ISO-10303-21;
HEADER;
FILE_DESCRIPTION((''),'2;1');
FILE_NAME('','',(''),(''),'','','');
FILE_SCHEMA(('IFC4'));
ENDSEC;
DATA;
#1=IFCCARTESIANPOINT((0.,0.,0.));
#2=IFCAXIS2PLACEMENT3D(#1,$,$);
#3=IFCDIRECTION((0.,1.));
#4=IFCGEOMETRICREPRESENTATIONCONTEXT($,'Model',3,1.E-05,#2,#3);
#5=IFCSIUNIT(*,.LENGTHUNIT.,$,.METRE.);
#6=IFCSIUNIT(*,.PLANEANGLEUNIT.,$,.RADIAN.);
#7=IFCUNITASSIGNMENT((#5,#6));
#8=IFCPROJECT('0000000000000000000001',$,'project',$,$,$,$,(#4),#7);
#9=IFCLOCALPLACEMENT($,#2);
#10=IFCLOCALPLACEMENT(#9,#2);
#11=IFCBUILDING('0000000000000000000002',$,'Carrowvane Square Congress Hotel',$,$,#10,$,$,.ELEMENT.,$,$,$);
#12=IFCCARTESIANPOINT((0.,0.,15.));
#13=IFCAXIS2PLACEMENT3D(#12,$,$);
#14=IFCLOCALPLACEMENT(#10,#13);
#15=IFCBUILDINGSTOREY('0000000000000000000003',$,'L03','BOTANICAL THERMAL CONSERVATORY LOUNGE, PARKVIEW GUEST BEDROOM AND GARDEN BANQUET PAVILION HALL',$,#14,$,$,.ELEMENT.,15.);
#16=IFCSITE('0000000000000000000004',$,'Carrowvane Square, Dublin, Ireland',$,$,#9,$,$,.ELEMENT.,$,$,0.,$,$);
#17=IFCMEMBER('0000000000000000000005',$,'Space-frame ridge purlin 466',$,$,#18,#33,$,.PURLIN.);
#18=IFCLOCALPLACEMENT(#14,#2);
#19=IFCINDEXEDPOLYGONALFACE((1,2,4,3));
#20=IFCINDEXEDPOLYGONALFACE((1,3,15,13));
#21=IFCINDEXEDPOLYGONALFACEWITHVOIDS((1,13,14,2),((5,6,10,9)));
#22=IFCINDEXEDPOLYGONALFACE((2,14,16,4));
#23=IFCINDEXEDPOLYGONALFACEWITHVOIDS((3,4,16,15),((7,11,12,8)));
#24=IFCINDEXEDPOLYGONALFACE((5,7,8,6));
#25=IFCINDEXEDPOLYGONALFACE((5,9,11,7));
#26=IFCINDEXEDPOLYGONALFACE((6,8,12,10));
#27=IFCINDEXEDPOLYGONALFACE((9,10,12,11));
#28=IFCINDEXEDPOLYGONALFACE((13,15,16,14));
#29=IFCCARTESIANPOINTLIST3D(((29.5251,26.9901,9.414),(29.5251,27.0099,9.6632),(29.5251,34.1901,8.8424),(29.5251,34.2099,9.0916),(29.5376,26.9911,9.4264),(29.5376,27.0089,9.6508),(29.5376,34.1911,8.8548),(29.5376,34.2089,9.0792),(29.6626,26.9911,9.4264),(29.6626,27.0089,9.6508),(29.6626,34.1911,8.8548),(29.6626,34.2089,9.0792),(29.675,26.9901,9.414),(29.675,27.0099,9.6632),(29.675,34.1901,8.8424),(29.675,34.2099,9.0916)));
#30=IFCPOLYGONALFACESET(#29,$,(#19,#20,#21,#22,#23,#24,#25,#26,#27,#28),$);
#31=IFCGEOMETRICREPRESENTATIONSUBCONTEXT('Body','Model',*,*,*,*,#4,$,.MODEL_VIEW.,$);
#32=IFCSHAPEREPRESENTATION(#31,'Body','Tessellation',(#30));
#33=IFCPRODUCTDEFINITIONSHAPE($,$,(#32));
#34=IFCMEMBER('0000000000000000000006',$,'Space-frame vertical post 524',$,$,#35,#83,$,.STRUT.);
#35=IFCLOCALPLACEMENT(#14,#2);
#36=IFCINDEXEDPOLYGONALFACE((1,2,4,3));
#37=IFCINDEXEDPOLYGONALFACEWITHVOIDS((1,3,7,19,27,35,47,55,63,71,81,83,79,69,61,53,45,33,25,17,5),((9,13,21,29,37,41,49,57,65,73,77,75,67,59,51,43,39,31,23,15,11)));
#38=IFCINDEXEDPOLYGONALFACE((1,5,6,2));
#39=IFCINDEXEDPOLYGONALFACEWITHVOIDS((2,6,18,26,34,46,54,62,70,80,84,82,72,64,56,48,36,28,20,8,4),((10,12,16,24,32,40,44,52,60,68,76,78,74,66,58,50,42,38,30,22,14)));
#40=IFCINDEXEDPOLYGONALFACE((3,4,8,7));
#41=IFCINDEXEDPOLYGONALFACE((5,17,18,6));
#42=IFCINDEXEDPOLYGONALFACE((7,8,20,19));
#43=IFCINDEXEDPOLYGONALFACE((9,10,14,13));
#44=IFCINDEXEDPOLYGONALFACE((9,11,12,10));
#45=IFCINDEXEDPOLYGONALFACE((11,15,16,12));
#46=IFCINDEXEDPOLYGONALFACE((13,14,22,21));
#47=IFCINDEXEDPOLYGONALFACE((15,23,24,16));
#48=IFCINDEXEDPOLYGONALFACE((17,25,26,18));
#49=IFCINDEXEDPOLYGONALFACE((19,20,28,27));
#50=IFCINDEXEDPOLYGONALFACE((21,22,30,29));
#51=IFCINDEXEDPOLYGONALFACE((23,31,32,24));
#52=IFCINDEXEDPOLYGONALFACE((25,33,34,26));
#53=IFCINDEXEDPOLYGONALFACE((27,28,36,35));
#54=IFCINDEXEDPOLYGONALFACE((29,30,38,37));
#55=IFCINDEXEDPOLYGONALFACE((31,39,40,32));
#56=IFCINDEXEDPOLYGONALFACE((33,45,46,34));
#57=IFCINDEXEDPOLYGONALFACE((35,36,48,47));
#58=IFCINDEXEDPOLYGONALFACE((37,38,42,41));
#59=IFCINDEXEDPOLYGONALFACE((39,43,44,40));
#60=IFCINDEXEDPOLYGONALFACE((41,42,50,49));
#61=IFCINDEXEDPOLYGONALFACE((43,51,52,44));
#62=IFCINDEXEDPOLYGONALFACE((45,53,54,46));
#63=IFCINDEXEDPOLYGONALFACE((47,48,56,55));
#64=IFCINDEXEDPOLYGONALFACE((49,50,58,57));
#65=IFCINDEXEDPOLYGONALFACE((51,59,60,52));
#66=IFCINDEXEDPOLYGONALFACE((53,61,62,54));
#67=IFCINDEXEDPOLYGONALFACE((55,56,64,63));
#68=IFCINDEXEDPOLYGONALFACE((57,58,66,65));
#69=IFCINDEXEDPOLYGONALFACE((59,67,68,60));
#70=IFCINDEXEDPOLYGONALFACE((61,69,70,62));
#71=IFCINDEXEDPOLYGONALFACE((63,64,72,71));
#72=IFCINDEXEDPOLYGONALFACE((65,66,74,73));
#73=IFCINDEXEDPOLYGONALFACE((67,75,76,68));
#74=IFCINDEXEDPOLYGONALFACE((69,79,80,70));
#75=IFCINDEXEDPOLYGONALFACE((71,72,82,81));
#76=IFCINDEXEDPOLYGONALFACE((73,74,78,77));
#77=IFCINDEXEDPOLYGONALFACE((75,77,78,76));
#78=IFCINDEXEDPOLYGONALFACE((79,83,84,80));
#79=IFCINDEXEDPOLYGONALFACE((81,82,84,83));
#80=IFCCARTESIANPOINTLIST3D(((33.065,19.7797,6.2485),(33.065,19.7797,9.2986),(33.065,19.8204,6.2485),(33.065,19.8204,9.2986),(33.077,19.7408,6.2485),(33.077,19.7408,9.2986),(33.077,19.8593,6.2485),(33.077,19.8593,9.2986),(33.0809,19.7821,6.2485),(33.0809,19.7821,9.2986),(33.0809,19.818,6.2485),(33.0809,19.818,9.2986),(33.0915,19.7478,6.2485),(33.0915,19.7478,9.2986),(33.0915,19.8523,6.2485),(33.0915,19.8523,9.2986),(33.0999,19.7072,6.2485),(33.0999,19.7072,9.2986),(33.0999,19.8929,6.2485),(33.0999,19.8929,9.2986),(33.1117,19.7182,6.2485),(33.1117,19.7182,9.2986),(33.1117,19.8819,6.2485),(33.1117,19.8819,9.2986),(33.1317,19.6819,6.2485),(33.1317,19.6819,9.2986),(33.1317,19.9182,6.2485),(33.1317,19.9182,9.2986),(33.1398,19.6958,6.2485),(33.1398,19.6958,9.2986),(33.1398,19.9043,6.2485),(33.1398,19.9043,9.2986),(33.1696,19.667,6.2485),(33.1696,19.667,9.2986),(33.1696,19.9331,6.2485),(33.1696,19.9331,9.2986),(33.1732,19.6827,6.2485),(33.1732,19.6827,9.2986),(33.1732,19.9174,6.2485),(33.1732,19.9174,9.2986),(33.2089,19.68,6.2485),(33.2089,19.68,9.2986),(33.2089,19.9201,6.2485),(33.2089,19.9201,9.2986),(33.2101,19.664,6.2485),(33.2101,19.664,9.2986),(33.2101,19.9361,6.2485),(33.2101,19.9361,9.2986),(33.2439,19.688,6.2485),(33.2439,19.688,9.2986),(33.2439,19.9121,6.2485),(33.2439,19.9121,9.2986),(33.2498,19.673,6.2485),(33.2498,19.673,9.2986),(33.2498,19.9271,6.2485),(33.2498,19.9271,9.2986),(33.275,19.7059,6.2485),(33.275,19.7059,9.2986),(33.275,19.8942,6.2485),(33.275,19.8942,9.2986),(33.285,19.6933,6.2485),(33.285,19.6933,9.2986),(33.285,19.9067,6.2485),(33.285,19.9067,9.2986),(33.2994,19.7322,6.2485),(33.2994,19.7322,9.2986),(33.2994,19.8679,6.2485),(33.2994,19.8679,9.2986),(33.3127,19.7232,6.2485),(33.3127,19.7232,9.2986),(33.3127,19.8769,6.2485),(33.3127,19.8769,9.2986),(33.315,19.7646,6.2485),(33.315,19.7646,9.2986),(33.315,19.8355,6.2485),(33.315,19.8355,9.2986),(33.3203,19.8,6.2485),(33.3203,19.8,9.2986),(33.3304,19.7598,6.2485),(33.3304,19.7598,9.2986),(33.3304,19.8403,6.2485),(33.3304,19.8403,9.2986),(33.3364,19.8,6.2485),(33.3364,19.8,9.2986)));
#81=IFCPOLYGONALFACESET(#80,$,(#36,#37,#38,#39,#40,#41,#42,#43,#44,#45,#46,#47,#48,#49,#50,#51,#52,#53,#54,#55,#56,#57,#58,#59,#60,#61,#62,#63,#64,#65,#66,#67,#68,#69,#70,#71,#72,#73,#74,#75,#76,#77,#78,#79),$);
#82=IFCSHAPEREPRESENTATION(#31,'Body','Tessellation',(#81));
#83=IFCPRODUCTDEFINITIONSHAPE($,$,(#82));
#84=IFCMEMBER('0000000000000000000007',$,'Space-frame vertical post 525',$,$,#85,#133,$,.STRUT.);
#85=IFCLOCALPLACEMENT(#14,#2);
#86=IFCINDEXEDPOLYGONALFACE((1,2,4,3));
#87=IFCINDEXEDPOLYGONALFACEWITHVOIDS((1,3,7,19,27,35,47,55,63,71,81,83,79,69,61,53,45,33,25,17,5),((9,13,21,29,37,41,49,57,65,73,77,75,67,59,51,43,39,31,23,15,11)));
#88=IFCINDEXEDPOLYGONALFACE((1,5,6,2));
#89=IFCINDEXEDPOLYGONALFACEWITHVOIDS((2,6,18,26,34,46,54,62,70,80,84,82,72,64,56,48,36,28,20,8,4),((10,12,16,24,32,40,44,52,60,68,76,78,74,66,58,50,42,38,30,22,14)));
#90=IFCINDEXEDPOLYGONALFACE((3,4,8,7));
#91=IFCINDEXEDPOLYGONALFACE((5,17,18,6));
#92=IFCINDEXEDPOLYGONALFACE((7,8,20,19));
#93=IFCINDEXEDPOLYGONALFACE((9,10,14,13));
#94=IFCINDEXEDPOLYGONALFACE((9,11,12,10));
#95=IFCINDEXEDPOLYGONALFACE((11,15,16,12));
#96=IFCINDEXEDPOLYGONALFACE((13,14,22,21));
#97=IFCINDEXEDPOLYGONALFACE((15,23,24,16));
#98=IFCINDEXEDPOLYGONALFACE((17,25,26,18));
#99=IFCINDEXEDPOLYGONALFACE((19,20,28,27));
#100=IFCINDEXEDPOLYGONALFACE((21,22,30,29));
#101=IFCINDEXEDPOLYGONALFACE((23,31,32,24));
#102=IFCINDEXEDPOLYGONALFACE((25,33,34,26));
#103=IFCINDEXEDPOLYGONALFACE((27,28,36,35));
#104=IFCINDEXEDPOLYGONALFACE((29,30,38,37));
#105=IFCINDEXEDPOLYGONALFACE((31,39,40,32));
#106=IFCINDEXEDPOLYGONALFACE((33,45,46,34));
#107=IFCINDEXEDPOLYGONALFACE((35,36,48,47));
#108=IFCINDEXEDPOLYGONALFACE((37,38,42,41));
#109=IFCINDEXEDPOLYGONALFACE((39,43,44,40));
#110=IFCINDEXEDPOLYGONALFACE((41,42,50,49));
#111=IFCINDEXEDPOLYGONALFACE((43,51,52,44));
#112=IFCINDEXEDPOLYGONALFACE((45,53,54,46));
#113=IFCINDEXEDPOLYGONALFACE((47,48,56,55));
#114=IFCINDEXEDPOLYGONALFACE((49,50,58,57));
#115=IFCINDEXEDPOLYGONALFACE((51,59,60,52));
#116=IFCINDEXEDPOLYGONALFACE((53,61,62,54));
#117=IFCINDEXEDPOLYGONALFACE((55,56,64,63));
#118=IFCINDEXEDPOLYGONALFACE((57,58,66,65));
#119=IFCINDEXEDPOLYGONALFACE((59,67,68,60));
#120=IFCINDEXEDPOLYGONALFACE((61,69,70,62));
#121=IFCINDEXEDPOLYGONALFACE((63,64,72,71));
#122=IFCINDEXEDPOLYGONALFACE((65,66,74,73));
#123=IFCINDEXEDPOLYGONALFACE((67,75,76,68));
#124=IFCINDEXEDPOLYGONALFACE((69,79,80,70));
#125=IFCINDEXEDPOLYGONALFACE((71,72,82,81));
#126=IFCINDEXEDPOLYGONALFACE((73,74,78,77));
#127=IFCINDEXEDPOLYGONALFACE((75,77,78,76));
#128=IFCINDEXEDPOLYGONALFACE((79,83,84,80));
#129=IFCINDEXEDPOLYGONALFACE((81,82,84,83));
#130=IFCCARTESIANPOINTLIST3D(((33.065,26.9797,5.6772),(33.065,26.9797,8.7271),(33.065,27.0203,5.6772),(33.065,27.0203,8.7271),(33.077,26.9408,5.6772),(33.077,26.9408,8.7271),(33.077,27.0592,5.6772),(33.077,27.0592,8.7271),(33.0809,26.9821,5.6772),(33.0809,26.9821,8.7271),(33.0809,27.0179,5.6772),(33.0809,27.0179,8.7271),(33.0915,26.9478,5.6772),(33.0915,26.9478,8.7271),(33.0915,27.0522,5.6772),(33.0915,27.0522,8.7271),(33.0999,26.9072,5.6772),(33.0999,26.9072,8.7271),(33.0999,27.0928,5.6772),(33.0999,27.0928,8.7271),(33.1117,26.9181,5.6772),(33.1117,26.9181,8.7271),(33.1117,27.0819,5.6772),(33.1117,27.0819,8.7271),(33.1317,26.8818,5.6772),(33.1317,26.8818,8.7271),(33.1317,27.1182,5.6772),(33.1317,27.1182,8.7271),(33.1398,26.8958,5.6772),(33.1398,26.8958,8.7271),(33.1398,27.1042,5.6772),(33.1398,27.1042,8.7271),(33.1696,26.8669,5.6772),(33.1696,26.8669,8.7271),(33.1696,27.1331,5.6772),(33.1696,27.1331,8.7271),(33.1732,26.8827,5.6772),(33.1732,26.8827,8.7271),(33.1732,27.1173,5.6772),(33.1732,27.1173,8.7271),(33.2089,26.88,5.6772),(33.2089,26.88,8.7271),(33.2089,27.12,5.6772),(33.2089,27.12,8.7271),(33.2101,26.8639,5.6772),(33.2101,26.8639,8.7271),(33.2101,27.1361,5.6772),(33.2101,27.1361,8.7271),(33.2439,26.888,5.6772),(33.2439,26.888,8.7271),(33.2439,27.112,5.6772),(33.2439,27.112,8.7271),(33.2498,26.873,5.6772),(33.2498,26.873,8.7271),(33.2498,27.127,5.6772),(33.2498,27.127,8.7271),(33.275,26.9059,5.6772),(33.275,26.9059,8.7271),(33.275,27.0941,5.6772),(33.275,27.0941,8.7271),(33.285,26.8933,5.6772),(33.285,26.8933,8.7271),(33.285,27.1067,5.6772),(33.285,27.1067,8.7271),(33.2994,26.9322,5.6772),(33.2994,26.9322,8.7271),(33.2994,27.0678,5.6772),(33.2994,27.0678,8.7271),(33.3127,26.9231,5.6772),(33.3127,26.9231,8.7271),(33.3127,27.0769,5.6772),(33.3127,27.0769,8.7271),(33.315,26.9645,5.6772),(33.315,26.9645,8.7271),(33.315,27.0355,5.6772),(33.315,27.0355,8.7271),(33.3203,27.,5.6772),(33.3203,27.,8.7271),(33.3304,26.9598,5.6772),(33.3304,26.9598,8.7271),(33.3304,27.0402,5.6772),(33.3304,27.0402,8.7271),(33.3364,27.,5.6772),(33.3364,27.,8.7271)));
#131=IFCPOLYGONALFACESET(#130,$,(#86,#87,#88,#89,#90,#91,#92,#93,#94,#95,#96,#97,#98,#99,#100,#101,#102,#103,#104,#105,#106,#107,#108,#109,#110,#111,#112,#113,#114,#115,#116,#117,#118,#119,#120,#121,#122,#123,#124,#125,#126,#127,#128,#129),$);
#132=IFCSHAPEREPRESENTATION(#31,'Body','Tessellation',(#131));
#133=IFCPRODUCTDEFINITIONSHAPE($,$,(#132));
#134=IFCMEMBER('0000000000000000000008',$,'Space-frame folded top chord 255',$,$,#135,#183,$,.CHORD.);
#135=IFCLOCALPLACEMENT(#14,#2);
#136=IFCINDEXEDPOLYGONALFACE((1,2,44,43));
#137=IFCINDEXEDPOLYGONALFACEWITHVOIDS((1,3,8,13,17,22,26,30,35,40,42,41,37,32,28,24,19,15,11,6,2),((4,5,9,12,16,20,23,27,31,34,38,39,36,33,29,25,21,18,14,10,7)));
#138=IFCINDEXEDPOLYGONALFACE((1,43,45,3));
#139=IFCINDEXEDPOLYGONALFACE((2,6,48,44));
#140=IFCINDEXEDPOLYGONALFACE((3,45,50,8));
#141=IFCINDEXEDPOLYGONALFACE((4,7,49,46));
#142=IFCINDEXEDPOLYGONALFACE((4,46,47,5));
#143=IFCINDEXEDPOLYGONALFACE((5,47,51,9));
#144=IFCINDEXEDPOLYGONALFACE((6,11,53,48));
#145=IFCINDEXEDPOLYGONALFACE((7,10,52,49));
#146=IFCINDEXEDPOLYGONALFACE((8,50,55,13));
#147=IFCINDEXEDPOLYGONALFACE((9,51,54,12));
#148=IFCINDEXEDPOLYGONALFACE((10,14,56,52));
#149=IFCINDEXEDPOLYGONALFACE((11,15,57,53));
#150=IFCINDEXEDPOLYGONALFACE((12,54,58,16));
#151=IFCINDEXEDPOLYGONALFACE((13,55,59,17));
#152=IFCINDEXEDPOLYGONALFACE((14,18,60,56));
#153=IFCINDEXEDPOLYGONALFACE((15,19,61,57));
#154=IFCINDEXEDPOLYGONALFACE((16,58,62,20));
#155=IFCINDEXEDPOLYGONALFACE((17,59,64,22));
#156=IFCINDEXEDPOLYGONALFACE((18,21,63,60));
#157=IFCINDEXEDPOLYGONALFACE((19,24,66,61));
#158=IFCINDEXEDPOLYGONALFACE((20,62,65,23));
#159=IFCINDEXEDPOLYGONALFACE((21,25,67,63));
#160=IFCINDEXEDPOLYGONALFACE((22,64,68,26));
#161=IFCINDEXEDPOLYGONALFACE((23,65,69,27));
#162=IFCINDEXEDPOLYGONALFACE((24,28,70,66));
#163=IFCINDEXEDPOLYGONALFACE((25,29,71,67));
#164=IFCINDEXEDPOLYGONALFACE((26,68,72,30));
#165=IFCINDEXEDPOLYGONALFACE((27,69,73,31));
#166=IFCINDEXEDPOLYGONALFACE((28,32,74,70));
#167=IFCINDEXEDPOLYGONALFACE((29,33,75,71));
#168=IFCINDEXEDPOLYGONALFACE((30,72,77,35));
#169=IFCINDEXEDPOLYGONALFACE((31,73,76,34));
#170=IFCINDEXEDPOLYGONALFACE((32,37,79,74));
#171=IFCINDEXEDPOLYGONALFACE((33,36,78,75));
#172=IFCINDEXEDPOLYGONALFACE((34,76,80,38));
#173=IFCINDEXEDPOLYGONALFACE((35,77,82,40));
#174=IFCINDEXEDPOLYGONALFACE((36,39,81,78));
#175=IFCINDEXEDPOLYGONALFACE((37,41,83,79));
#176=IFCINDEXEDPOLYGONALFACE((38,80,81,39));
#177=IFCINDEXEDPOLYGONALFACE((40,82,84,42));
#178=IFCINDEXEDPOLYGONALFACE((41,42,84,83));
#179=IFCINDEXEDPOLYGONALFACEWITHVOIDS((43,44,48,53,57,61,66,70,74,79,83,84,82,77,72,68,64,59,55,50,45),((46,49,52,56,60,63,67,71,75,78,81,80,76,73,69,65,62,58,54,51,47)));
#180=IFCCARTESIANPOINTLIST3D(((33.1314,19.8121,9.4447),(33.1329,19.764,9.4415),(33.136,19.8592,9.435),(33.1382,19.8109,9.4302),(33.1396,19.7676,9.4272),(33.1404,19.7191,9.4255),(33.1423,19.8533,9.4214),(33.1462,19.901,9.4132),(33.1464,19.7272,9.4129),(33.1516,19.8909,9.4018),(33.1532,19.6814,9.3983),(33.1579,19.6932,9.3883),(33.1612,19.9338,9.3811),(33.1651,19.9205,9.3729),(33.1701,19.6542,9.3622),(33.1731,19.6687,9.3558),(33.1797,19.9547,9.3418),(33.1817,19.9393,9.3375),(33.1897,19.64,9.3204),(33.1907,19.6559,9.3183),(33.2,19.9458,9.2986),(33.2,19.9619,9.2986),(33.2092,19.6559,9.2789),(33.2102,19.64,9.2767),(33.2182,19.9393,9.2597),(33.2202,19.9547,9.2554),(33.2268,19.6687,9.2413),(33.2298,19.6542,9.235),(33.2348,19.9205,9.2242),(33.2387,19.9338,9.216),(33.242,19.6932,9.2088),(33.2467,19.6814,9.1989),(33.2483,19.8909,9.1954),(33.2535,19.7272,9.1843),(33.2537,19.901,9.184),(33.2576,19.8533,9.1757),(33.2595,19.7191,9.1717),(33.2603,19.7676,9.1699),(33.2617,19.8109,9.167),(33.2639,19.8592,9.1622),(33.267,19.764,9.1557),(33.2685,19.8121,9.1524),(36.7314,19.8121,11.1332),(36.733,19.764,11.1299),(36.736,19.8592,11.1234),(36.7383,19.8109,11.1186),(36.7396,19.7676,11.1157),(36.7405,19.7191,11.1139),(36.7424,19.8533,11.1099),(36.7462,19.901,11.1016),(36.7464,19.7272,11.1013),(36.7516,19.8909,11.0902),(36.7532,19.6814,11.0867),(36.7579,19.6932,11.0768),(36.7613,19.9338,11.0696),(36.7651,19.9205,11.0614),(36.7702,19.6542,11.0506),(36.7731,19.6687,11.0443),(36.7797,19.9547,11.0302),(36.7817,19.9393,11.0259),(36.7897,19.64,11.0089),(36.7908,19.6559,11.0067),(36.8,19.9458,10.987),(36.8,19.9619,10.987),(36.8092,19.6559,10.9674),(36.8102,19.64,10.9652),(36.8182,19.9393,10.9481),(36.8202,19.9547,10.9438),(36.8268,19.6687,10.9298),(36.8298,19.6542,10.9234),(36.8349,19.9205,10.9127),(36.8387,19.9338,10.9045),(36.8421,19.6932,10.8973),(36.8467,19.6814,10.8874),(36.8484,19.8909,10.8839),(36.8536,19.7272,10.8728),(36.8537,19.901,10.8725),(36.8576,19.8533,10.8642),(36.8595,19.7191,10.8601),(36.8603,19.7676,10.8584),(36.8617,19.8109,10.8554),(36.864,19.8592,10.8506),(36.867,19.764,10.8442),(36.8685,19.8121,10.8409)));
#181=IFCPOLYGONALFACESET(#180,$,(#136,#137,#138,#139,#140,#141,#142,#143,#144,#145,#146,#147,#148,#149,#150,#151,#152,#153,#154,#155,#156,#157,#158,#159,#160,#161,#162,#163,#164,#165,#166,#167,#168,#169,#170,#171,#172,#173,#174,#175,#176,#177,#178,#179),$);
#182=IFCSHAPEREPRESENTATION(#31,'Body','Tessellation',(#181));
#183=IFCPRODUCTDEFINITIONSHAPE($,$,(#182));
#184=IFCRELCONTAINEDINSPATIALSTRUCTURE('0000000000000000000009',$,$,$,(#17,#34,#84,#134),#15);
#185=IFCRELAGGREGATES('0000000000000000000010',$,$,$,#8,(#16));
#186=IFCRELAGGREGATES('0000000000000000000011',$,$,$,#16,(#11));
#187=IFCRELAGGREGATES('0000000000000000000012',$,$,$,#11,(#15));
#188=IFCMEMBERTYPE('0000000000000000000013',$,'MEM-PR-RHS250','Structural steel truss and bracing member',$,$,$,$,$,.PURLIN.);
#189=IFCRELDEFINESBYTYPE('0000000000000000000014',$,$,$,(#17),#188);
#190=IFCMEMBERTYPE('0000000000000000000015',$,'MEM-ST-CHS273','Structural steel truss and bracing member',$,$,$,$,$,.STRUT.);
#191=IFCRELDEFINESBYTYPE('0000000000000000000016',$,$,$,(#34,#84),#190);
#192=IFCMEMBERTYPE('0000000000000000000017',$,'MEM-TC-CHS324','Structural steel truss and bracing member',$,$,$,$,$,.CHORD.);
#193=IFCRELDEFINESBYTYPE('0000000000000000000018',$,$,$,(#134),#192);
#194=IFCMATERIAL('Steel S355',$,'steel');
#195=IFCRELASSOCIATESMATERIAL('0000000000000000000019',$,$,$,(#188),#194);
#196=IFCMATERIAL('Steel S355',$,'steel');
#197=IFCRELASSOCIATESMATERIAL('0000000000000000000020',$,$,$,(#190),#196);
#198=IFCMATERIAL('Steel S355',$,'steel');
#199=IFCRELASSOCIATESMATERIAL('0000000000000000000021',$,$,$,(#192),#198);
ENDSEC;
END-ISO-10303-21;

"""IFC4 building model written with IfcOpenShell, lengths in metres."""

from ifc_helpers import new_model, si_unit, direction, frame, origin, origin_2d, place, context, subcontext, project, spatial, hollow_rectangle, hollow_circle, extrude, material, material_profile, profile_set, type_object, element, save


model = new_model("IFC4")

# Units and contexts
model_context = context("Model", 3, precision=1e-05, world=origin(), true_north=direction((0.0, 1.0)))
body_context = subcontext(model_context, "Body", "Model", "MODEL_VIEW")
ifc_project = project(units=[si_unit("LENGTHUNIT", "METRE"), si_unit("PLANEANGLEUNIT", "RADIAN")], contexts=[model_context])

# Site, building, storey
site_placement = place(None, origin())
site = spatial("IfcSite", under=ifc_project, at=site_placement, Name="Carrowvane Square, Dublin, Ireland", CompositionType="ELEMENT", RefElevation=0.0)
building_placement = place(site_placement, origin())
building = spatial("IfcBuilding", under=site, at=building_placement, Name="Carrowvane Square Congress Hotel", CompositionType="ELEMENT")
storey_placement = place(building_placement, frame((0.0, 0.0, 15.0)))
storey = spatial("IfcBuildingStorey", under=building, at=storey_placement, Name="L03", Description="BOTANICAL THERMAL CONSERVATORY LOUNGE, PARKVIEW GUEST BEDROOM AND GARDEN BANQUET PAVILION HALL", CompositionType="ELEMENT", Elevation=15.0)

# Members
ifc_material_1 = material(Name="Steel S355", Category="steel")
ifc_material_profile_1 = material_profile(ifc_material_1, hollow_rectangle(XDim=0.1499, YDim=0.25, WallThickness=0.0125, at=origin_2d()), Name="RHS 250x150x12.5")
ifc_profile_set_1 = profile_set([ifc_material_profile_1], Name="Steel S355")
member_type_1 = type_object("IfcMemberType", Name="MEM-PR-RHS250", Description="Structural steel truss and bracing member", PredefinedType="PURLIN", material=ifc_profile_set_1)
member_1_placement = place(storey_placement, frame((29.6001, 27.0, 9.5386), z_axis=(0.0, 0.996864, -0.079131), x_axis=(-1.0, 0.0, 0.0)))
element("IfcMember", 1, at=member_1_placement, inside=storey, type_object=member_type_1, Name="Space-frame ridge purlin 466", PredefinedType="PURLIN", context=body_context, shape_type="SweptSolid", body=[
    extrude(hollow_rectangle(XDim=0.1499, YDim=0.25, WallThickness=0.0125, at=origin_2d()), origin(), (0.0, 0.0, 1.0), 7.2227),
])
ifc_material_2 = material(Name="Steel S355", Category="steel")
ifc_material_profile_2 = material_profile(ifc_material_2, hollow_circle(Radius=0.1365, WallThickness=0.0161, at=origin_2d()), Name="CHS 273.0x16")
ifc_profile_set_2 = profile_set([ifc_material_profile_2], Name="Steel S355")
member_type_2 = type_object("IfcMemberType", Name="MEM-ST-CHS273", Description="Structural steel truss and bracing member", PredefinedType="STRUT", material=ifc_profile_set_2)
member_2_placement = place(storey_placement, frame((33.2, 19.8, 6.2485), z_axis=(0.0, 0.0, 1.0), x_axis=(1.0, 0.0, 0.0)))
element("IfcMember", 2, at=member_2_placement, inside=storey, type_object=member_type_2, Name="Space-frame vertical post 524", PredefinedType="STRUT", context=body_context, shape_type="SweptSolid", body=[
    extrude(hollow_circle(Radius=0.1365, WallThickness=0.0161, at=origin_2d()), origin(), (0.0, 0.0, 1.0), 3.05),
])
member_3_placement = place(storey_placement, frame((33.2, 27.0, 5.6772), z_axis=(0.0, 0.0, 1.0), x_axis=(1.0, 0.0, 0.0)))
element("IfcMember", 3, at=member_3_placement, inside=storey, type_object=member_type_2, Name="Space-frame vertical post 525", PredefinedType="STRUT", context=body_context, shape_type="SweptSolid", body=[
    extrude(hollow_circle(Radius=0.1365, WallThickness=0.0161, at=origin_2d()), origin(), (0.0, 0.0, 1.0), 3.0498),
])
ifc_material_3 = material(Name="Steel S355", Category="steel")
ifc_material_profile_3 = material_profile(ifc_material_3, hollow_circle(Radius=0.1619, WallThickness=0.0161, at=origin_2d()), Name="CHS 323.9x16")
ifc_profile_set_3 = profile_set([ifc_material_profile_3], Name="Steel S355")
member_type_3 = type_object("IfcMemberType", Name="MEM-TC-CHS324", Description="Structural steel truss and bracing member", PredefinedType="CHORD", material=ifc_profile_set_3)
member_4_placement = place(storey_placement, frame((33.2, 19.8, 9.2986), z_axis=(0.905369, 0.0, 0.424626), x_axis=(0.0, 1.0, 0.0)))
element("IfcMember", 4, at=member_4_placement, inside=storey, type_object=member_type_3, Name="Space-frame folded top chord 255", PredefinedType="CHORD", context=body_context, shape_type="SweptSolid", body=[
    extrude(hollow_circle(Radius=0.1619, WallThickness=0.0161, at=origin_2d()), origin(), (0.0, 0.0, 1.0), 3.9763),
])

save(model, "model.ifc")
